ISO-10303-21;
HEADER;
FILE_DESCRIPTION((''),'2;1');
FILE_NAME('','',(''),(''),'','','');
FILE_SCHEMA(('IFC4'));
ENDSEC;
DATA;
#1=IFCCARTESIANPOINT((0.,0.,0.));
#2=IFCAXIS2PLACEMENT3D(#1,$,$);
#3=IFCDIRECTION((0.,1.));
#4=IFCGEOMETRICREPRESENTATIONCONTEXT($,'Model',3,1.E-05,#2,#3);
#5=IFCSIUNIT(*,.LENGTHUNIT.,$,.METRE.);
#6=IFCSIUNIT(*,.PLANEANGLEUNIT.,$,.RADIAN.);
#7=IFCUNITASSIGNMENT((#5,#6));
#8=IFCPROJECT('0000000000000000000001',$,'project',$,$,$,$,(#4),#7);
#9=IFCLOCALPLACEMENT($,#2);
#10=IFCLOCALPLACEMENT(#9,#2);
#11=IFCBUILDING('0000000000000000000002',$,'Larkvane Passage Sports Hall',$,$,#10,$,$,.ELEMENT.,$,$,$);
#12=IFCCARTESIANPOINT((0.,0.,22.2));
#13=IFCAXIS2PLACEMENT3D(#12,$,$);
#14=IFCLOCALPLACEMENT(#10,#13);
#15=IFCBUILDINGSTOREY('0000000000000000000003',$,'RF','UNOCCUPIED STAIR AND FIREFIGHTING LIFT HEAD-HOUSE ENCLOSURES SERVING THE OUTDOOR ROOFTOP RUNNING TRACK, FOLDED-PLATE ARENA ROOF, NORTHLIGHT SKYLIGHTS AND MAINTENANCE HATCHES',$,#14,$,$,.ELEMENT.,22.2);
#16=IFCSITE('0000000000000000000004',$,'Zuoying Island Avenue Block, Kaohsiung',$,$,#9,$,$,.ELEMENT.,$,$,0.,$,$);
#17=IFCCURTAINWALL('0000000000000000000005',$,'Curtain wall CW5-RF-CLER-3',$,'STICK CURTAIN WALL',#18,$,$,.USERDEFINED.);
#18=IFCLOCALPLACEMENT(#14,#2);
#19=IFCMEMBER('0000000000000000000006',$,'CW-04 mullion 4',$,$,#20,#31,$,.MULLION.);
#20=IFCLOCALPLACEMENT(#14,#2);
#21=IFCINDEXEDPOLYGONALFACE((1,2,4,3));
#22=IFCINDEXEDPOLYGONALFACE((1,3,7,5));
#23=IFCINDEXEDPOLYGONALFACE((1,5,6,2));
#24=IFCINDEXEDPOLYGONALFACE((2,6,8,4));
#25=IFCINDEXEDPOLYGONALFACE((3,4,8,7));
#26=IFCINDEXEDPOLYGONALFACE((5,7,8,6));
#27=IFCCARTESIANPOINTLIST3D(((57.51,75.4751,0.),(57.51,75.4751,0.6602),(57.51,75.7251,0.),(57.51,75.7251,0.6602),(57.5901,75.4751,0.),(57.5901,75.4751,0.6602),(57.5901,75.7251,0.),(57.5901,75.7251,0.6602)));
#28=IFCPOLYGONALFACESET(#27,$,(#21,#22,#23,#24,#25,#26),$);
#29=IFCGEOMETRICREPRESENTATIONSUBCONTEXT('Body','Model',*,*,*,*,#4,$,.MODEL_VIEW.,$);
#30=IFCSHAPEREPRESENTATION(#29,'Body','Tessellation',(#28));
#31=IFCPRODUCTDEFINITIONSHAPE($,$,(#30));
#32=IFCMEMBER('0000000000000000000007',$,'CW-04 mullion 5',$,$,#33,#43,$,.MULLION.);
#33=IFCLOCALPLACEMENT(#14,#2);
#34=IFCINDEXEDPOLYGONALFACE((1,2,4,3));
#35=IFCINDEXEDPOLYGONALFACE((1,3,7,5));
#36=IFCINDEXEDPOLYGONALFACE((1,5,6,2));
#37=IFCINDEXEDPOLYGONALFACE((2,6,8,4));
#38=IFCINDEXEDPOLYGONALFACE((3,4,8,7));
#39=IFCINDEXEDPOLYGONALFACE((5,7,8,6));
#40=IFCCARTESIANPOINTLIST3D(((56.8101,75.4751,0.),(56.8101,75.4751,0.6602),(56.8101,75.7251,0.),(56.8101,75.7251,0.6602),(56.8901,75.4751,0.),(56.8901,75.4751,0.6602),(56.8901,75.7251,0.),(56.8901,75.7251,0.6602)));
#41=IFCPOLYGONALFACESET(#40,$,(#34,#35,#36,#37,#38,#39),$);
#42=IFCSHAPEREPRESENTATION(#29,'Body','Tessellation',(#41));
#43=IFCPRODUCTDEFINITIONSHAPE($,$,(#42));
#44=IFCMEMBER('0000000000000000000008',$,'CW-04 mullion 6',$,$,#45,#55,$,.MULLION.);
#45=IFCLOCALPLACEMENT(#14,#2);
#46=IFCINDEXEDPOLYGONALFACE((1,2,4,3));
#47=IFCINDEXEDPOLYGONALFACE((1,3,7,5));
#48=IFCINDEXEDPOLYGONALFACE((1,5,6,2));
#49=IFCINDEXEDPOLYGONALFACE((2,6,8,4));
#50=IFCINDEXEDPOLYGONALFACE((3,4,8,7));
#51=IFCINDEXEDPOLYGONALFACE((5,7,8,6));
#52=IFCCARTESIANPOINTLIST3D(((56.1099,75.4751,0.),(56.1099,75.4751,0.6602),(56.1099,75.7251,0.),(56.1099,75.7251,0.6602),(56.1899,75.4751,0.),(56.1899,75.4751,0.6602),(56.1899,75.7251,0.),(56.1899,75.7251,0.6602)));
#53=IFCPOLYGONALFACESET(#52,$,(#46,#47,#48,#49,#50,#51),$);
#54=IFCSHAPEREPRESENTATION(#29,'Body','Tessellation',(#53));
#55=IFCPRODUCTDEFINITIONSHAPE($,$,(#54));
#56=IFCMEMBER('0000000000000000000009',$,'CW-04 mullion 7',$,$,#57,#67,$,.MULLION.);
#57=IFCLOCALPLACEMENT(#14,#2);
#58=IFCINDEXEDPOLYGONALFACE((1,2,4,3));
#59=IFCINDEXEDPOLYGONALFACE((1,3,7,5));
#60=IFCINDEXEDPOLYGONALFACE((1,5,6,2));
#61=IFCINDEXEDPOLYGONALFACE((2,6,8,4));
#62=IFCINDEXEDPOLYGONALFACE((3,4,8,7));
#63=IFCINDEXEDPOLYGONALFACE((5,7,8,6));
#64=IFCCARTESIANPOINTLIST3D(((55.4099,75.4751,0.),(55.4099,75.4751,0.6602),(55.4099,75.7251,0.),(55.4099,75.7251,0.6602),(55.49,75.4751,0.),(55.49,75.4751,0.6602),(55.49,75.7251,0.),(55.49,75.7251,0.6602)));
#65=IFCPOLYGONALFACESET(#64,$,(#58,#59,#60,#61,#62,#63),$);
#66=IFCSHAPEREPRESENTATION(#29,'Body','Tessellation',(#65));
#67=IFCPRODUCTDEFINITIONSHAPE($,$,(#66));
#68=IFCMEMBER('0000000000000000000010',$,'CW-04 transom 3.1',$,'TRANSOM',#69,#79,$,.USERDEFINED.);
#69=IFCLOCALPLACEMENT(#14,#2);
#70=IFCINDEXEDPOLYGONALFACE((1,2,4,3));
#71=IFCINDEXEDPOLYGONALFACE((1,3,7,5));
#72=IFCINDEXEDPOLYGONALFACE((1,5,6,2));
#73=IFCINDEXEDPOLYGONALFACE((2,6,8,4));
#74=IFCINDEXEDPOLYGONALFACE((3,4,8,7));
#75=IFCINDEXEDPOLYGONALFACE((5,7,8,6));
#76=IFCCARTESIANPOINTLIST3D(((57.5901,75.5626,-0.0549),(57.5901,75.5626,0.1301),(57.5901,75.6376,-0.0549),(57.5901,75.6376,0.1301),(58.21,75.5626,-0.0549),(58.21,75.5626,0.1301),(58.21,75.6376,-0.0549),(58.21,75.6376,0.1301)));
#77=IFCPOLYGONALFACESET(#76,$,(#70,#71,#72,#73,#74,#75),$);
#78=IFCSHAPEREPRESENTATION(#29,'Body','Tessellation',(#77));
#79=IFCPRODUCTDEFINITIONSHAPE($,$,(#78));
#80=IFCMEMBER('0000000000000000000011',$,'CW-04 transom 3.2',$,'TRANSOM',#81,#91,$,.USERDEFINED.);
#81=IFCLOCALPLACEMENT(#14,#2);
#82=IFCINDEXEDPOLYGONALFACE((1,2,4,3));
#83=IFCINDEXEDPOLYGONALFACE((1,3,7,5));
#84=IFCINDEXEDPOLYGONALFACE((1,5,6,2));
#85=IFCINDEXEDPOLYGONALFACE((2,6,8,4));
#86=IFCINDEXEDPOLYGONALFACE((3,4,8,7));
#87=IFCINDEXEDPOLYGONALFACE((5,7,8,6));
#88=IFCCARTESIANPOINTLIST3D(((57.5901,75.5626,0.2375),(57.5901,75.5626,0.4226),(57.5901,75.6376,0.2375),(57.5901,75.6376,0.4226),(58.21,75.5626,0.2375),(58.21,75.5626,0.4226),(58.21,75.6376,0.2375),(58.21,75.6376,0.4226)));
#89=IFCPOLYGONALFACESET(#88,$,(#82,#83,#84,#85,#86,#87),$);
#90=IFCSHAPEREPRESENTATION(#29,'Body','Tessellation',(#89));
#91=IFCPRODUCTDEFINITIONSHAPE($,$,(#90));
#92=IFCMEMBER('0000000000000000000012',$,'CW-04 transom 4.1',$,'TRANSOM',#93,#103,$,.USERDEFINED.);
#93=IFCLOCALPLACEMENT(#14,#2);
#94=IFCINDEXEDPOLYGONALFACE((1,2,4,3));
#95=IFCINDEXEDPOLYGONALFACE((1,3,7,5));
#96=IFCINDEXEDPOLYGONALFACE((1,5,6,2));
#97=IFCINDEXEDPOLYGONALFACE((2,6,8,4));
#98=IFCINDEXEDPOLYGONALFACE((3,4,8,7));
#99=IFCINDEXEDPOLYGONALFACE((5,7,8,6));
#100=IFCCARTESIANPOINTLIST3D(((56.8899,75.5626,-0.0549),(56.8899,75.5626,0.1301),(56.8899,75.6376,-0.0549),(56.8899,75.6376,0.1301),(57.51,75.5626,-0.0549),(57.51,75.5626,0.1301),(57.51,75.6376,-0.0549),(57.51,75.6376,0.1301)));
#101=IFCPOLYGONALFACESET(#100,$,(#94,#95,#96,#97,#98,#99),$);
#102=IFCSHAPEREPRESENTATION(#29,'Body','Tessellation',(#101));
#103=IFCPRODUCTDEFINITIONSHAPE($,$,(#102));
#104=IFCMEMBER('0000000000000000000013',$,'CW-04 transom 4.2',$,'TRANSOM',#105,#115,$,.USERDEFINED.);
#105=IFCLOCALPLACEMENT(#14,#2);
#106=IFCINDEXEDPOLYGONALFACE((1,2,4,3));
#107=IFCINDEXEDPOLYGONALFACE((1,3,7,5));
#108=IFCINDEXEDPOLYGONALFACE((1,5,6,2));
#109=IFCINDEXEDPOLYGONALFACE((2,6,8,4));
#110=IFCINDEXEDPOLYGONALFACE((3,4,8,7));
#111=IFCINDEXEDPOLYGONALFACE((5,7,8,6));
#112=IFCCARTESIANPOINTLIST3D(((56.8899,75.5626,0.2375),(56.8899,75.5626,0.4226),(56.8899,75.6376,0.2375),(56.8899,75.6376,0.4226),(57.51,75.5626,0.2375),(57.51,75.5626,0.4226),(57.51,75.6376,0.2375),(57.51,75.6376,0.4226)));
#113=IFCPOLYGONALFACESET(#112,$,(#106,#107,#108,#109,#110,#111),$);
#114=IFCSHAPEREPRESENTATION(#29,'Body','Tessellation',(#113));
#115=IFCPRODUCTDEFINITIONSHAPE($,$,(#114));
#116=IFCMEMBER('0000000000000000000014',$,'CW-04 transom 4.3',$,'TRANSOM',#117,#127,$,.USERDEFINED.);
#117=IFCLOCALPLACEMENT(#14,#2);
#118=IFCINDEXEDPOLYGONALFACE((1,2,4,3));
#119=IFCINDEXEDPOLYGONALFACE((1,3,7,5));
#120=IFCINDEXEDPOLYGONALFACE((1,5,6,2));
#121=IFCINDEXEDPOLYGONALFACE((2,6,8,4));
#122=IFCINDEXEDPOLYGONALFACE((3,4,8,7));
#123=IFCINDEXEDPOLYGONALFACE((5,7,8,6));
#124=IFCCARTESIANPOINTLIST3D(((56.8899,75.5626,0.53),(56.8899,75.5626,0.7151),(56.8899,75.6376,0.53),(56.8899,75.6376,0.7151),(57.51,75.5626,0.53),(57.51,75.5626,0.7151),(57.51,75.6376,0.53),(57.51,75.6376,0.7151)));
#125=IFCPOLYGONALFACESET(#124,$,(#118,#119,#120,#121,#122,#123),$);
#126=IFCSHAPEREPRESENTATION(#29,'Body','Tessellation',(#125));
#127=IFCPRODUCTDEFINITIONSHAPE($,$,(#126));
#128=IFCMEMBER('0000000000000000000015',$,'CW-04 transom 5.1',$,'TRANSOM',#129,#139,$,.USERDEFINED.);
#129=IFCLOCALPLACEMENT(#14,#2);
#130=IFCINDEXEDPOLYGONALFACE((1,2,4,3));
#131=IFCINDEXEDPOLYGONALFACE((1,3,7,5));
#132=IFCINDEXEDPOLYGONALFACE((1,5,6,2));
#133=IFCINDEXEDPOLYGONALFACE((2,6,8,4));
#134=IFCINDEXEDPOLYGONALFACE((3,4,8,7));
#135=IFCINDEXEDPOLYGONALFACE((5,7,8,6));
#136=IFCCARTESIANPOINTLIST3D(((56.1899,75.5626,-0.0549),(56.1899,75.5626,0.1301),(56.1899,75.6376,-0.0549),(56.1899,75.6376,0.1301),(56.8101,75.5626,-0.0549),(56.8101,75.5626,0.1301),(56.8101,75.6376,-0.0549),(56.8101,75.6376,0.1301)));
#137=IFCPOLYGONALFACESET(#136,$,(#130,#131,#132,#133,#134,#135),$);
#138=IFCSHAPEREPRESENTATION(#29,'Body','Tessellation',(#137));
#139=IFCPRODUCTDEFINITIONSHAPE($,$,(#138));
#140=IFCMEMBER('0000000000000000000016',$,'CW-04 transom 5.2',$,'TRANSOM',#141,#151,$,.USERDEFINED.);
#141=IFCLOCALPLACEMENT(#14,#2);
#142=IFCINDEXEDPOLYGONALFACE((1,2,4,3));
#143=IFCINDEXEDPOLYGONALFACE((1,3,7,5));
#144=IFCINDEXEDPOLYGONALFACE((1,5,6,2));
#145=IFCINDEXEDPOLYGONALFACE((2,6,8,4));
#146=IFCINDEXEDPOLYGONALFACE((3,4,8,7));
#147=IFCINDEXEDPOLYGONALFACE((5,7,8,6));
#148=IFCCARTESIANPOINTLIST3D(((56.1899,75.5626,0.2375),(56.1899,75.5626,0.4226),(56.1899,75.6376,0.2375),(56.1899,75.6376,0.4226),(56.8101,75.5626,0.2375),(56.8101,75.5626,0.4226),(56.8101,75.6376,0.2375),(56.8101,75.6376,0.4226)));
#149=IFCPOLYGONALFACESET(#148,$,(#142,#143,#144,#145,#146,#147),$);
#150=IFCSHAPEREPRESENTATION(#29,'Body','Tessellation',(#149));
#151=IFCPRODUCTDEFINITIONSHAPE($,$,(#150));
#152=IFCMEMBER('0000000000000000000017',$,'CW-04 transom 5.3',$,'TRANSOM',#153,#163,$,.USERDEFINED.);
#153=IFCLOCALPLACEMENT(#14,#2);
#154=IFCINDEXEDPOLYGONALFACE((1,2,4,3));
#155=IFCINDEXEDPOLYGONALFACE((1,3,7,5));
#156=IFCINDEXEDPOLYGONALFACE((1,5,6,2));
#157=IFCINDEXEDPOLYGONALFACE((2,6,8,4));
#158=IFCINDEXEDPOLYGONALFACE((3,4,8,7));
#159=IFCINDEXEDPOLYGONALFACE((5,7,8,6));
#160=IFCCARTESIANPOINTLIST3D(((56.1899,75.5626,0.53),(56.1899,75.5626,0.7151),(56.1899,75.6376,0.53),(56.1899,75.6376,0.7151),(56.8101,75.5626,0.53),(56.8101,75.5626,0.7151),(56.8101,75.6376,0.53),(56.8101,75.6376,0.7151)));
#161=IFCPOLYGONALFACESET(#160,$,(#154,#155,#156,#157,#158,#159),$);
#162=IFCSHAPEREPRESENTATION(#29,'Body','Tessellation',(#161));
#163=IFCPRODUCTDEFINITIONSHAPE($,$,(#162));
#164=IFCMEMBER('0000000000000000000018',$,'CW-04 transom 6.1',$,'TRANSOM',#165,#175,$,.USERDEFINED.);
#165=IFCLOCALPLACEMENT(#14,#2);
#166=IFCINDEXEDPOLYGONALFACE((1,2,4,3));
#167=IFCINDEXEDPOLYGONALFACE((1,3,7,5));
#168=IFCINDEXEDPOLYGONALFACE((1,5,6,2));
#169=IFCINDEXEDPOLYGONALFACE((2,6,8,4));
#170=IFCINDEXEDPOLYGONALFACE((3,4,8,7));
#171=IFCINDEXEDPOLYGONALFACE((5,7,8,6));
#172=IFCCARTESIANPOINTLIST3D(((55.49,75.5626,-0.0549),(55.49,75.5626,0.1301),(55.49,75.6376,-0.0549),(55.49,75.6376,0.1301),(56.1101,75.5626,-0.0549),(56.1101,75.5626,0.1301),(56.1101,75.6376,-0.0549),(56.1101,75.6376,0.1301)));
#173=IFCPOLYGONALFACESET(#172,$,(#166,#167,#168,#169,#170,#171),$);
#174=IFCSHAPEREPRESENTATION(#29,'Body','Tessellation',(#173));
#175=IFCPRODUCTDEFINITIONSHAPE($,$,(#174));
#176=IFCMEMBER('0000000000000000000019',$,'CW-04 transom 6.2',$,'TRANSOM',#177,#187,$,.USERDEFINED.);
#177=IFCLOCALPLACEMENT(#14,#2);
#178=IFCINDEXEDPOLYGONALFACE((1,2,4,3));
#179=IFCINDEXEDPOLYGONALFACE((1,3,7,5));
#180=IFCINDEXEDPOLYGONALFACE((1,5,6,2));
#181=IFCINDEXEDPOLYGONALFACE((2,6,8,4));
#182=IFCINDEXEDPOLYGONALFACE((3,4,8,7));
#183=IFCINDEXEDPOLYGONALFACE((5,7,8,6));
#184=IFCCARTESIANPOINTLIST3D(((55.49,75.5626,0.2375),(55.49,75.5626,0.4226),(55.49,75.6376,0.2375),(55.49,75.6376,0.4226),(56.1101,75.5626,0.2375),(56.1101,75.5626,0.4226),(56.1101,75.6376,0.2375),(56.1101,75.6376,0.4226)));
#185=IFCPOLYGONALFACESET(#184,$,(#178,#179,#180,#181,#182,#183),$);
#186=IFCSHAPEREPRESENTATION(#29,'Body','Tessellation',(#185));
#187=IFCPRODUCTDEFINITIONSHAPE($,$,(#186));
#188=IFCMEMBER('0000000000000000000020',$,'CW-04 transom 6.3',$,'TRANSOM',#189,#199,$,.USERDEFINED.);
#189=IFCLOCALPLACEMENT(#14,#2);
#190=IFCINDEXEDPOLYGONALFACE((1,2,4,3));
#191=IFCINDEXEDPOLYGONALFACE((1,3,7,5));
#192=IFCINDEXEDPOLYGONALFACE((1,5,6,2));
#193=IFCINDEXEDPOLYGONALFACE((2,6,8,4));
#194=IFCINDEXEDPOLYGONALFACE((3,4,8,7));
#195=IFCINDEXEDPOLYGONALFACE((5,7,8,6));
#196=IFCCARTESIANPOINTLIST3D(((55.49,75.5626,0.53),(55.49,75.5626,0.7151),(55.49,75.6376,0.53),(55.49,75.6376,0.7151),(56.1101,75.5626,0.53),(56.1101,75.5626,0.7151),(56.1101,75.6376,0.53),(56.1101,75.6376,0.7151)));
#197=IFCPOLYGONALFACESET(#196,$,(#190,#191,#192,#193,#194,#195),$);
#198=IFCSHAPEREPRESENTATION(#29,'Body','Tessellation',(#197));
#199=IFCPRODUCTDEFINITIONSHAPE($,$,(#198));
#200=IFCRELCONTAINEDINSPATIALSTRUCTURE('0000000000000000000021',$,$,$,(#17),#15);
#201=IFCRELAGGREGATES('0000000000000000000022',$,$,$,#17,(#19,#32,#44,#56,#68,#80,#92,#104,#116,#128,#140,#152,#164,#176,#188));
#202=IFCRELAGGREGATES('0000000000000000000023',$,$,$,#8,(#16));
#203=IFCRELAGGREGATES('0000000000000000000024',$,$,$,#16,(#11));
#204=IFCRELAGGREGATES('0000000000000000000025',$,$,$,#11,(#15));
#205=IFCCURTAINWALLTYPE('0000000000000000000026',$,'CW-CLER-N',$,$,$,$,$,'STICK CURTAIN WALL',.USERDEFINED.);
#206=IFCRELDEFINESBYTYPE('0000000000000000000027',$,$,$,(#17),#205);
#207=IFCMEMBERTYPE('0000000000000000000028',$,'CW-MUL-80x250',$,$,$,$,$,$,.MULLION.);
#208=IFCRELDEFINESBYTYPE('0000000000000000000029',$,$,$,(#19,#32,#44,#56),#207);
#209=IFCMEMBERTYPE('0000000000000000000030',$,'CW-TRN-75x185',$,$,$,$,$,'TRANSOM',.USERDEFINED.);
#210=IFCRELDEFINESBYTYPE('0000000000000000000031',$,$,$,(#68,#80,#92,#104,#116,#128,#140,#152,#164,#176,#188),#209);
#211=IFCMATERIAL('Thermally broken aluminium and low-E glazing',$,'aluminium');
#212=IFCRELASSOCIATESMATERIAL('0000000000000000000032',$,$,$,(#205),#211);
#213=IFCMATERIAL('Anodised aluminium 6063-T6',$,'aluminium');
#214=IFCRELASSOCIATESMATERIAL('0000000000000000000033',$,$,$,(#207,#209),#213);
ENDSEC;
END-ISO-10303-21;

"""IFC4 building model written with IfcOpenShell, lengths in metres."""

from ifc_helpers import new_model, si_unit, direction, frame, origin, origin_2d, place, context, subcontext, project, spatial, rectangle, extrude, material, material_profile, profile_set, type_object, element, aggregate, save


model = new_model("IFC4")

# Units and contexts
model_context = context("Model", 3, precision=1e-05, world=origin(), true_north=direction((0.0, 1.0)))
body_context = subcontext(model_context, "Body", "Model", "MODEL_VIEW")
ifc_project = project(units=[si_unit("LENGTHUNIT", "METRE"), si_unit("PLANEANGLEUNIT", "RADIAN")], contexts=[model_context])

# Site, building, storey
site_placement = place(None, origin())
site = spatial("IfcSite", under=ifc_project, at=site_placement, Name="Zuoying Island Avenue Block, Kaohsiung", CompositionType="ELEMENT", RefElevation=0.0)
building_placement = place(site_placement, origin())
building = spatial("IfcBuilding", under=site, at=building_placement, Name="Larkvane Passage Sports Hall", CompositionType="ELEMENT")
storey_placement = place(building_placement, frame((0.0, 0.0, 22.2)))
storey = spatial("IfcBuildingStorey", under=building, at=storey_placement, Name="RF", Description="UNOCCUPIED STAIR AND FIREFIGHTING LIFT HEAD-HOUSE ENCLOSURES SERVING THE OUTDOOR ROOFTOP RUNNING TRACK, FOLDED-PLATE ARENA ROOF, NORTHLIGHT SKYLIGHTS AND MAINTENANCE HATCHES", CompositionType="ELEMENT", Elevation=22.2)

# Curtain wall, members
ifc_material_1 = material(Name="Thermally broken aluminium and low-E glazing", Category="aluminium")
curtain_wall_type = type_object("IfcCurtainWallType", Name="CW-CLER-N", ElementType="STICK CURTAIN WALL", PredefinedType="USERDEFINED", material=ifc_material_1)
curtain_wall_placement = place(storey_placement, origin())
curtain_wall = element("IfcCurtainWall", 1, at=curtain_wall_placement, inside=storey, type_object=curtain_wall_type, Name="Curtain wall CW5-RF-CLER-3", ObjectType="STICK CURTAIN WALL", PredefinedType="USERDEFINED")
ifc_material_2 = material(Name="Anodised aluminium 6063-T6", Category="aluminium")
ifc_material_profile_1 = material_profile(ifc_material_2, rectangle(XDim=0.0801, YDim=0.25, at=origin_2d()), Name="ALU-MUL-80x250")
ifc_profile_set_1 = profile_set([ifc_material_profile_1], Name="Anodised aluminium 6063-T6")
member_type_1 = type_object("IfcMemberType", Name="CW-MUL-80x250", PredefinedType="MULLION", material=ifc_profile_set_1)
member_1_placement = place(storey_placement, frame((57.55, 75.6001, 0.0), z_axis=(0.0, 0.0, 1.0), x_axis=(-1.0, 0.0, 0.0)))
member_1 = element("IfcMember", 2, at=member_1_placement, type_object=member_type_1, Name="CW-04 mullion 4", PredefinedType="MULLION", context=body_context, shape_type="SweptSolid", body=[
    extrude(rectangle(XDim=0.0801, YDim=0.25, at=origin_2d()), origin(), (0.0, 0.0, 1.0), 0.6602),
])
member_2_placement = place(storey_placement, frame((56.8501, 75.6001, 0.0), z_axis=(0.0, 0.0, 1.0), x_axis=(-1.0, 0.0, 0.0)))
member_2 = element("IfcMember", 3, at=member_2_placement, type_object=member_type_1, Name="CW-04 mullion 5", PredefinedType="MULLION", context=body_context, shape_type="SweptSolid", body=[
    extrude(rectangle(XDim=0.0801, YDim=0.25, at=origin_2d()), origin(), (0.0, 0.0, 1.0), 0.6602),
])
member_3_placement = place(storey_placement, frame((56.1499, 75.6001, 0.0), z_axis=(0.0, 0.0, 1.0), x_axis=(-1.0, 0.0, 0.0)))
member_3 = element("IfcMember", 4, at=member_3_placement, type_object=member_type_1, Name="CW-04 mullion 6", PredefinedType="MULLION", context=body_context, shape_type="SweptSolid", body=[
    extrude(rectangle(XDim=0.0801, YDim=0.25, at=origin_2d()), origin(), (0.0, 0.0, 1.0), 0.6602),
])
member_4_placement = place(storey_placement, frame((55.45, 75.6001, 0.0), z_axis=(0.0, 0.0, 1.0), x_axis=(-1.0, 0.0, 0.0)))
member_4 = element("IfcMember", 5, at=member_4_placement, type_object=member_type_1, Name="CW-04 mullion 7", PredefinedType="MULLION", context=body_context, shape_type="SweptSolid", body=[
    extrude(rectangle(XDim=0.0801, YDim=0.25, at=origin_2d()), origin(), (0.0, 0.0, 1.0), 0.6602),
])
ifc_material_profile_2 = material_profile(ifc_material_2, rectangle(XDim=0.075, YDim=0.1851, at=origin_2d()), Name="ALU-TRN-75x185")
ifc_profile_set_2 = profile_set([ifc_material_profile_2], Name="Anodised aluminium 6063-T6")
member_type_2 = type_object("IfcMemberType", Name="CW-TRN-75x185", ElementType="TRANSOM", PredefinedType="USERDEFINED", material=ifc_profile_set_2)
member_5_placement = place(storey_placement, frame((58.21, 75.6001, 0.0376), z_axis=(-1.0, 0.0, 0.0), x_axis=(0.0, -1.0, 0.0)))
member_5 = element("IfcMember", 6, at=member_5_placement, type_object=member_type_2, Name="CW-04 transom 3.1", ObjectType="TRANSOM", PredefinedType="USERDEFINED", context=body_context, shape_type="SweptSolid", body=[
    extrude(rectangle(XDim=0.075, YDim=0.1851, at=origin_2d()), origin(), (0.0, 0.0, 1.0), 0.6199),
])
member_6_placement = place(storey_placement, frame((58.21, 75.6001, 0.3301), z_axis=(-1.0, 0.0, 0.0), x_axis=(0.0, -1.0, 0.0)))
member_6 = element("IfcMember", 7, at=member_6_placement, type_object=member_type_2, Name="CW-04 transom 3.2", ObjectType="TRANSOM", PredefinedType="USERDEFINED", context=body_context, shape_type="SweptSolid", body=[
    extrude(rectangle(XDim=0.075, YDim=0.1851, at=origin_2d()), origin(), (0.0, 0.0, 1.0), 0.6199),
])
member_7_placement = place(storey_placement, frame((57.51, 75.6001, 0.0376), z_axis=(-1.0, 0.0, 0.0), x_axis=(0.0, -1.0, 0.0)))
member_7 = element("IfcMember", 8, at=member_7_placement, type_object=member_type_2, Name="CW-04 transom 4.1", ObjectType="TRANSOM", PredefinedType="USERDEFINED", context=body_context, shape_type="SweptSolid", body=[
    extrude(rectangle(XDim=0.075, YDim=0.1851, at=origin_2d()), origin(), (0.0, 0.0, 1.0), 0.6201),
])
member_8_placement = place(storey_placement, frame((57.51, 75.6001, 0.3301), z_axis=(-1.0, 0.0, 0.0), x_axis=(0.0, -1.0, 0.0)))
member_8 = element("IfcMember", 9, at=member_8_placement, type_object=member_type_2, Name="CW-04 transom 4.2", ObjectType="TRANSOM", PredefinedType="USERDEFINED", context=body_context, shape_type="SweptSolid", body=[
    extrude(rectangle(XDim=0.075, YDim=0.1851, at=origin_2d()), origin(), (0.0, 0.0, 1.0), 0.6201),
])
member_9_placement = place(storey_placement, frame((57.51, 75.6001, 0.6226), z_axis=(-1.0, 0.0, 0.0), x_axis=(0.0, -1.0, 0.0)))
member_9 = element("IfcMember", 10, at=member_9_placement, type_object=member_type_2, Name="CW-04 transom 4.3", ObjectType="TRANSOM", PredefinedType="USERDEFINED", context=body_context, shape_type="SweptSolid", body=[
    extrude(rectangle(XDim=0.075, YDim=0.1851, at=origin_2d()), origin(), (0.0, 0.0, 1.0), 0.6201),
])
member_10_placement = place(storey_placement, frame((56.8101, 75.6001, 0.0376), z_axis=(-1.0, 0.0, 0.0), x_axis=(0.0, -1.0, 0.0)))
member_10 = element("IfcMember", 11, at=member_10_placement, type_object=member_type_2, Name="CW-04 transom 5.1", ObjectType="TRANSOM", PredefinedType="USERDEFINED", context=body_context, shape_type="SweptSolid", body=[
    extrude(rectangle(XDim=0.075, YDim=0.1851, at=origin_2d()), origin(), (0.0, 0.0, 1.0), 0.6201),
])
member_11_placement = place(storey_placement, frame((56.8101, 75.6001, 0.3301), z_axis=(-1.0, 0.0, 0.0), x_axis=(0.0, -1.0, 0.0)))
member_11 = element("IfcMember", 12, at=member_11_placement, type_object=member_type_2, Name="CW-04 transom 5.2", ObjectType="TRANSOM", PredefinedType="USERDEFINED", context=body_context, shape_type="SweptSolid", body=[
    extrude(rectangle(XDim=0.075, YDim=0.1851, at=origin_2d()), origin(), (0.0, 0.0, 1.0), 0.6201),
])
member_12_placement = place(storey_placement, frame((56.8101, 75.6001, 0.6226), z_axis=(-1.0, 0.0, 0.0), x_axis=(0.0, -1.0, 0.0)))
member_12 = element("IfcMember", 13, at=member_12_placement, type_object=member_type_2, Name="CW-04 transom 5.3", ObjectType="TRANSOM", PredefinedType="USERDEFINED", context=body_context, shape_type="SweptSolid", body=[
    extrude(rectangle(XDim=0.075, YDim=0.1851, at=origin_2d()), origin(), (0.0, 0.0, 1.0), 0.6201),
])
member_13_placement = place(storey_placement, frame((56.1101, 75.6001, 0.0376), z_axis=(-1.0, 0.0, 0.0), x_axis=(0.0, -1.0, 0.0)))
member_13 = element("IfcMember", 14, at=member_13_placement, type_object=member_type_2, Name="CW-04 transom 6.1", ObjectType="TRANSOM", PredefinedType="USERDEFINED", context=body_context, shape_type="SweptSolid", body=[
    extrude(rectangle(XDim=0.075, YDim=0.1851, at=origin_2d()), origin(), (0.0, 0.0, 1.0), 0.6201),
])
member_14_placement = place(storey_placement, frame((56.1101, 75.6001, 0.3301), z_axis=(-1.0, 0.0, 0.0), x_axis=(0.0, -1.0, 0.0)))
member_14 = element("IfcMember", 15, at=member_14_placement, type_object=member_type_2, Name="CW-04 transom 6.2", ObjectType="TRANSOM", PredefinedType="USERDEFINED", context=body_context, shape_type="SweptSolid", body=[
    extrude(rectangle(XDim=0.075, YDim=0.1851, at=origin_2d()), origin(), (0.0, 0.0, 1.0), 0.6201),
])
member_15_placement = place(storey_placement, frame((56.1101, 75.6001, 0.6226), z_axis=(-1.0, 0.0, 0.0), x_axis=(0.0, -1.0, 0.0)))
member_15 = element("IfcMember", 16, at=member_15_placement, type_object=member_type_2, Name="CW-04 transom 6.3", ObjectType="TRANSOM", PredefinedType="USERDEFINED", context=body_context, shape_type="SweptSolid", body=[
    extrude(rectangle(XDim=0.075, YDim=0.1851, at=origin_2d()), origin(), (0.0, 0.0, 1.0), 0.6201),
])

aggregate(curtain_wall, [member_1, member_2, member_3, member_4, member_5, member_6, member_7, member_8, member_9, member_10, member_11, member_12, member_13, member_14, member_15])

save(model, "model.ifc")
